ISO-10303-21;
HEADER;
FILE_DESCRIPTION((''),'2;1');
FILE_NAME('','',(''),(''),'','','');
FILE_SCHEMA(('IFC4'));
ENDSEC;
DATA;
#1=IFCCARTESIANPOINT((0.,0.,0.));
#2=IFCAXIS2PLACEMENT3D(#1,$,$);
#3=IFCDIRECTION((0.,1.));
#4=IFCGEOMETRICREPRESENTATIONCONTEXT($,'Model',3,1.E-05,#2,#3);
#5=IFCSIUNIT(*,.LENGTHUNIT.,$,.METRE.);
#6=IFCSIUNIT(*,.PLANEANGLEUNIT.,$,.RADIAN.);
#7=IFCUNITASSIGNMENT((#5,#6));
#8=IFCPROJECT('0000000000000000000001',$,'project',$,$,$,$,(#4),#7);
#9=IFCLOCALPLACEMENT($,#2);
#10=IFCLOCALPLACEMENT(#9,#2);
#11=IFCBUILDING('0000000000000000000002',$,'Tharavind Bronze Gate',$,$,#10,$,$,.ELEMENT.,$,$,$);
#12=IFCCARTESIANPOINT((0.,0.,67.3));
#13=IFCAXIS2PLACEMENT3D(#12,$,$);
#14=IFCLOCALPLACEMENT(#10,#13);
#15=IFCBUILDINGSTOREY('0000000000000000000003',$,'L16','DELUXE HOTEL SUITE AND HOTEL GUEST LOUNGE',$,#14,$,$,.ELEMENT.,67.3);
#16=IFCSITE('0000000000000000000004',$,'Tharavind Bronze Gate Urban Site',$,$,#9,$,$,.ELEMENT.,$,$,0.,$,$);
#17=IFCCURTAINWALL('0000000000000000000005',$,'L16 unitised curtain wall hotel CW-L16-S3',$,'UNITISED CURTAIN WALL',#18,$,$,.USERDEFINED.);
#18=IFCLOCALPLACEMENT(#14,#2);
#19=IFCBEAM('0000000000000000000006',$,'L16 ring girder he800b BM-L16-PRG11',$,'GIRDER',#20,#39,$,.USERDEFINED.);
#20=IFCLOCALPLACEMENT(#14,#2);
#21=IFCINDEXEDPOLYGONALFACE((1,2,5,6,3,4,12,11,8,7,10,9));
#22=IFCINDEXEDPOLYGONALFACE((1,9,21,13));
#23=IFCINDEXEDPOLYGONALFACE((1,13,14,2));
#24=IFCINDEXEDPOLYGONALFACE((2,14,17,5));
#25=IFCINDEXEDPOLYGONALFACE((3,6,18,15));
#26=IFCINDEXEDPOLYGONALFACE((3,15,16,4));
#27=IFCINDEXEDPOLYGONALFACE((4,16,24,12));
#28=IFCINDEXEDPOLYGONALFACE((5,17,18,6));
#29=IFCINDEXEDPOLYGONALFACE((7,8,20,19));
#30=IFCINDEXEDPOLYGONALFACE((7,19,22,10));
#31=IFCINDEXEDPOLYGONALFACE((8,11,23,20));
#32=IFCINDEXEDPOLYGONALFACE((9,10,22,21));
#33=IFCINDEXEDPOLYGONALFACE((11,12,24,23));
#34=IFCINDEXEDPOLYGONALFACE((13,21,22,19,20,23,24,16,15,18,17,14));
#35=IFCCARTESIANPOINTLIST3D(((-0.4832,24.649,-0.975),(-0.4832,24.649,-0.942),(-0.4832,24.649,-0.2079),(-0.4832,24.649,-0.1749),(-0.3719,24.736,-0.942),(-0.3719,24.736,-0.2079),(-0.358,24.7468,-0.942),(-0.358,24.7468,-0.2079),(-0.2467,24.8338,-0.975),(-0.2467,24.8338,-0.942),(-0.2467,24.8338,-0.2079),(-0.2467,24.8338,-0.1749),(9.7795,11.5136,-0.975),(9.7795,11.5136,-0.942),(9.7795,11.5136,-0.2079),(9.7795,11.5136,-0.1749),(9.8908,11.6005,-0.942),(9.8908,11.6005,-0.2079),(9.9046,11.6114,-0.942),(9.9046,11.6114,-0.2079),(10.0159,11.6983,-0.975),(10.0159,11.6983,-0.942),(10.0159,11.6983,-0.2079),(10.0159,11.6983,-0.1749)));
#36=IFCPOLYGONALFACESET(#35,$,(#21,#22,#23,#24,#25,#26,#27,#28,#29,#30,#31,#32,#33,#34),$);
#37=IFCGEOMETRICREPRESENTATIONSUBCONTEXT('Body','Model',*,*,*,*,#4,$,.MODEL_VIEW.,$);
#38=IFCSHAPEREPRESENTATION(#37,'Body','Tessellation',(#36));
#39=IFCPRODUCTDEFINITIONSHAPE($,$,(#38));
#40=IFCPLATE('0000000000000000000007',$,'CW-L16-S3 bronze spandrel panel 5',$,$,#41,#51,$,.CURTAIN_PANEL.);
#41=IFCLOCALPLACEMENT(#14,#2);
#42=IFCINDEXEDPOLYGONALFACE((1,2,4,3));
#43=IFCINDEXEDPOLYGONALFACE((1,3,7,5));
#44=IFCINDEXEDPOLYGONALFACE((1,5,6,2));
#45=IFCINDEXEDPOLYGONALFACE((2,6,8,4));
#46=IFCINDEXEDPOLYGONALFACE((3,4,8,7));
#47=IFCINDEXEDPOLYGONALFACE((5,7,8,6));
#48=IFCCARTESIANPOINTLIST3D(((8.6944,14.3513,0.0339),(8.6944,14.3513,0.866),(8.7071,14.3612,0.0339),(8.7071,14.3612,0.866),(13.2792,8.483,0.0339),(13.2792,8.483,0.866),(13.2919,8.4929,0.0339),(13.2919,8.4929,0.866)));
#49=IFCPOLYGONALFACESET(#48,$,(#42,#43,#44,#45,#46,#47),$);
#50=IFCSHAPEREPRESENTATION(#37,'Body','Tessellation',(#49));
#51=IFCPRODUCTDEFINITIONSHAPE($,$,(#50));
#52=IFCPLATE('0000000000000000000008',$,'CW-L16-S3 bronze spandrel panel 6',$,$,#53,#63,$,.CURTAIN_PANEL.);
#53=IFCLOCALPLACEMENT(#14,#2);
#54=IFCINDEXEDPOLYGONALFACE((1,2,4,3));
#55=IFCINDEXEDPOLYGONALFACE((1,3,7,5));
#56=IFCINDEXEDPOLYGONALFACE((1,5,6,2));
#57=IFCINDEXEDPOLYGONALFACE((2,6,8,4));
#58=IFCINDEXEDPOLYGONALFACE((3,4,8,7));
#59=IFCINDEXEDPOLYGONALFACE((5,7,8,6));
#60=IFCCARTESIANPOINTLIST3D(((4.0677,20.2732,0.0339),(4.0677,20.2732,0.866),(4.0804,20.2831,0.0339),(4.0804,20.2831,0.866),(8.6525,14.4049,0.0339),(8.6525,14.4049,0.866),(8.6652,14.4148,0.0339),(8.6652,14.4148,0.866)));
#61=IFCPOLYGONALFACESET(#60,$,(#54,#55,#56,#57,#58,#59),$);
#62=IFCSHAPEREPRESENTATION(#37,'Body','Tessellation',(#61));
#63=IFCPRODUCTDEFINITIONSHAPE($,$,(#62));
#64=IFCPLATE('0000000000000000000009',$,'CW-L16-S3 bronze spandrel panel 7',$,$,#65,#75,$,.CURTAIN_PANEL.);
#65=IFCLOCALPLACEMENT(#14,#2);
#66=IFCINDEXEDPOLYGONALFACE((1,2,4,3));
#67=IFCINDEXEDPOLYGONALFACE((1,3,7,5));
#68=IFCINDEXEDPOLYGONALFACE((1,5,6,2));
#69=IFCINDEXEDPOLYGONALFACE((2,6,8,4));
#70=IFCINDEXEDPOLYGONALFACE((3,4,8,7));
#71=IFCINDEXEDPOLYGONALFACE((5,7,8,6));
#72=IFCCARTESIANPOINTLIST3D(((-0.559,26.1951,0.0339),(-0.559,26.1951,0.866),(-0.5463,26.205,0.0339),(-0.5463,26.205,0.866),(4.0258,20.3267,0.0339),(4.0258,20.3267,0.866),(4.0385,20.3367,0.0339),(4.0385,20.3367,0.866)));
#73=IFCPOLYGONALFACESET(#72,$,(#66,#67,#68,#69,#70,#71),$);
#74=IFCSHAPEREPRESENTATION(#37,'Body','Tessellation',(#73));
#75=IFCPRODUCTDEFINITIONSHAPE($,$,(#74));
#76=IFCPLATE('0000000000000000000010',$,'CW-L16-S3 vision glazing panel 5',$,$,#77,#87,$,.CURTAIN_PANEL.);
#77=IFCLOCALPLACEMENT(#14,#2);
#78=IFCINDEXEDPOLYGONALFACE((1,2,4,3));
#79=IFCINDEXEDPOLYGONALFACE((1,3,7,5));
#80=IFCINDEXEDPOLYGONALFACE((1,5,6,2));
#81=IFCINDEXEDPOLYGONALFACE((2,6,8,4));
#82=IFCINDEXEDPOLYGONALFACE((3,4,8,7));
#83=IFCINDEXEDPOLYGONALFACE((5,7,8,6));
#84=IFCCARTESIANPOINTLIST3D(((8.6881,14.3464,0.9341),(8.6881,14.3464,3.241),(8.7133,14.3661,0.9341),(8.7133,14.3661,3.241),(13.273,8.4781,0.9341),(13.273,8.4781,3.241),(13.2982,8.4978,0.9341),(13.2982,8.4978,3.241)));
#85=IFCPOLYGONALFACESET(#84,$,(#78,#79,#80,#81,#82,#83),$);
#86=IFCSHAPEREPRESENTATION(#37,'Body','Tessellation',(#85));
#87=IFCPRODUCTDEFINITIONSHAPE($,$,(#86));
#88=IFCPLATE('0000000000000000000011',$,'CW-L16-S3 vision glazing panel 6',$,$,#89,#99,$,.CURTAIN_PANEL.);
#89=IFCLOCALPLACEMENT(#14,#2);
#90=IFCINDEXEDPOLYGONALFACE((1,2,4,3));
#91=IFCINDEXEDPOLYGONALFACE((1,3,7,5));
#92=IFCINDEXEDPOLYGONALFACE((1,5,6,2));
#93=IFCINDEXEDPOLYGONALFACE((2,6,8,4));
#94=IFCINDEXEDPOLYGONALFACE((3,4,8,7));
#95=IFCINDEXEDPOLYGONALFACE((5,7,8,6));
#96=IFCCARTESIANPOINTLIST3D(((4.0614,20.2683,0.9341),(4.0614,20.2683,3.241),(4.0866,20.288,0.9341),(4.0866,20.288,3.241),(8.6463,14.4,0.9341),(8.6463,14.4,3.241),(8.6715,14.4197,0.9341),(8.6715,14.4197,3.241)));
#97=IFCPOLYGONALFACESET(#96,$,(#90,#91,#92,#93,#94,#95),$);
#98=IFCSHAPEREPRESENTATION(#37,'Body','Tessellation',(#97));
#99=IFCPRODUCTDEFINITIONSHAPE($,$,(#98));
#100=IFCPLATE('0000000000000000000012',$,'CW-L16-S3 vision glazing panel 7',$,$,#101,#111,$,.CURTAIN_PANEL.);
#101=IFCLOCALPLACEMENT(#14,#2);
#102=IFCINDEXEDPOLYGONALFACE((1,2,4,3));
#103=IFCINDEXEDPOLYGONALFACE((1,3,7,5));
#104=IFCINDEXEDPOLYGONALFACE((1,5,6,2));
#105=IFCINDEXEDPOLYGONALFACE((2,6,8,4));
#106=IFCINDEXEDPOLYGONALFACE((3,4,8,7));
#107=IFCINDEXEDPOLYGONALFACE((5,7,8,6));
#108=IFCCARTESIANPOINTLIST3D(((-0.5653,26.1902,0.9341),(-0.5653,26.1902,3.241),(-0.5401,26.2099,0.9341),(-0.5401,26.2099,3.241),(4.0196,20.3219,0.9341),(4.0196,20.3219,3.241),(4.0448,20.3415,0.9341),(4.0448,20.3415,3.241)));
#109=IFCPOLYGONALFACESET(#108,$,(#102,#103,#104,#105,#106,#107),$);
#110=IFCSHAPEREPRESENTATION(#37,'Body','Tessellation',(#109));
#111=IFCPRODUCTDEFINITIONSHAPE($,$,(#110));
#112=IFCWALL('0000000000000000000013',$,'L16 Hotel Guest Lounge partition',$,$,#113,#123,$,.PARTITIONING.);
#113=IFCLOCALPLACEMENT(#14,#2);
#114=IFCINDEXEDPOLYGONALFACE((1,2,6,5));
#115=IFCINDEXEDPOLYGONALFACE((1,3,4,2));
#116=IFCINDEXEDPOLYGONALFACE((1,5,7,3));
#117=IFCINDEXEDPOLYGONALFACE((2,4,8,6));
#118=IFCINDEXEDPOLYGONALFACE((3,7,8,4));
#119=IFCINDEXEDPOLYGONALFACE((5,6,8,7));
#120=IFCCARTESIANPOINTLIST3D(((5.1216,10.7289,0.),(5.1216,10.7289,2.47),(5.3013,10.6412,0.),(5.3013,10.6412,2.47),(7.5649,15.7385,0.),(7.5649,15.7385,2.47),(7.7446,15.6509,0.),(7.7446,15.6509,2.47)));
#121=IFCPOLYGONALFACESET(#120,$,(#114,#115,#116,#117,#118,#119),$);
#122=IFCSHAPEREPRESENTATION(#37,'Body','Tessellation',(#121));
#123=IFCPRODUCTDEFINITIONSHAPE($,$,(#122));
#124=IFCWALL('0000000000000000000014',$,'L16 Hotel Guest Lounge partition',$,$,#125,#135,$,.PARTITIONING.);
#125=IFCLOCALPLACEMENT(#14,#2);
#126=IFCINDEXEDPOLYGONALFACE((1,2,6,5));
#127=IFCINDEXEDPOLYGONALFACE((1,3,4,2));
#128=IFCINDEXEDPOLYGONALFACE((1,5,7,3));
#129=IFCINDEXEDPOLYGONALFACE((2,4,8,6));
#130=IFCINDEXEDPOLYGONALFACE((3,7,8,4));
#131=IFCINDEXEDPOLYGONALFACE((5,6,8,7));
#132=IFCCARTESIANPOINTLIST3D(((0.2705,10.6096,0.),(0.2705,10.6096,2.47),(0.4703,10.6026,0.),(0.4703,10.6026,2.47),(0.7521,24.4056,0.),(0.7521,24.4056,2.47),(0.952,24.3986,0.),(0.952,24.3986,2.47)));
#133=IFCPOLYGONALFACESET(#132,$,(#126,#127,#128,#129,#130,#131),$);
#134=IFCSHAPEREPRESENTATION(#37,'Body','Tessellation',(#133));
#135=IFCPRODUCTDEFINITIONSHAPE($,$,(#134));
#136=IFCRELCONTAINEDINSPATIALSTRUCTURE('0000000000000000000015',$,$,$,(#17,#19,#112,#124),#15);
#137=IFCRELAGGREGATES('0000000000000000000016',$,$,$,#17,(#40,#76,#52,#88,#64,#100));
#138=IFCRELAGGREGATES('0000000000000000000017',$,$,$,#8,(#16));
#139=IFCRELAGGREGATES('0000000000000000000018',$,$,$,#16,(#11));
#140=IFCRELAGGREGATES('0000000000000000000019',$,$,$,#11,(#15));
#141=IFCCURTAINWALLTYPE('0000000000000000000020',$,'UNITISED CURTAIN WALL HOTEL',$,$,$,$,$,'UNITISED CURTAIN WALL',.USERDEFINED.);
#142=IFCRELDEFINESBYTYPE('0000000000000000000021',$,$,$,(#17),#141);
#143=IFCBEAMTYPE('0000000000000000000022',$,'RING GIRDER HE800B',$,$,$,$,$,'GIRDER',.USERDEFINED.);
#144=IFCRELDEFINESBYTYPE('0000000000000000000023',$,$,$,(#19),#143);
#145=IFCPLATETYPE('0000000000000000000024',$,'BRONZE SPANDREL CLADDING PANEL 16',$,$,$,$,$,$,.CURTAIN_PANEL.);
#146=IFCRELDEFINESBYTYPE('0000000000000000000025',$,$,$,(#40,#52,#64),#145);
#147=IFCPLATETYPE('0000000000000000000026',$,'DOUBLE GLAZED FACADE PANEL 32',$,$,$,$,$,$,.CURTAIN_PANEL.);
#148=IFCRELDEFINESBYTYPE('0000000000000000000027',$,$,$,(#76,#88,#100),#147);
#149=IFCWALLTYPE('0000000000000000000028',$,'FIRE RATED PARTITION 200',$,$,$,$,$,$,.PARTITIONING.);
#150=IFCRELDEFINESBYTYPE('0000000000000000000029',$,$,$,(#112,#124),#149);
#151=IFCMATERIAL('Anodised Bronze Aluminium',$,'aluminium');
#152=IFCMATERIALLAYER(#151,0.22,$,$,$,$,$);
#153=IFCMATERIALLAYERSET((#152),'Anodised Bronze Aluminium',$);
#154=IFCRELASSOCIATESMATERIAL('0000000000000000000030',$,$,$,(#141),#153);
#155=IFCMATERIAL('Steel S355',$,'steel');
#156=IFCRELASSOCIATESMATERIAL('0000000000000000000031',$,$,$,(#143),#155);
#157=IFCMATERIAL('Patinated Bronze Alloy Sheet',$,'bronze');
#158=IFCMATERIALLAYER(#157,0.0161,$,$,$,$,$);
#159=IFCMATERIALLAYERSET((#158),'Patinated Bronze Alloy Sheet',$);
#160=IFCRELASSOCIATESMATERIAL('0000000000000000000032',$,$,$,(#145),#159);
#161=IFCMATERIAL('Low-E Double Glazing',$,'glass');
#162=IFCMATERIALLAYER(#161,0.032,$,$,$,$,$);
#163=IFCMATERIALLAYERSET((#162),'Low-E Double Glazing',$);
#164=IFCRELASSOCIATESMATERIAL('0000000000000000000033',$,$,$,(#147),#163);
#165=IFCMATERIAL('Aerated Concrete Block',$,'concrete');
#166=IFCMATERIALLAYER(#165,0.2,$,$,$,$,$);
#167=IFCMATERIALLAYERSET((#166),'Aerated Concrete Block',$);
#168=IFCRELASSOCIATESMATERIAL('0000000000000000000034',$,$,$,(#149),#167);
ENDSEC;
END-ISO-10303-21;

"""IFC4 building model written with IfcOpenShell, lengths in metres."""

from ifc_helpers import new_model, si_unit, direction, frame, frame_2d, origin, origin_2d, place, context, subcontext, project, spatial, rectangle, i_section, extrude, material, layer, layer_set, material_profile, profile_set, type_object, element, aggregate, save


model = new_model("IFC4")

# Units and contexts
model_context = context("Model", 3, precision=1e-05, world=origin(), true_north=direction((0.0, 1.0)))
body_context = subcontext(model_context, "Body", "Model", "MODEL_VIEW")
ifc_project = project(units=[si_unit("LENGTHUNIT", "METRE"), si_unit("PLANEANGLEUNIT", "RADIAN")], contexts=[model_context])

# Site, building, storey
site_placement = place(None, origin())
site = spatial("IfcSite", under=ifc_project, at=site_placement, Name="Tharavind Bronze Gate Urban Site", CompositionType="ELEMENT", RefElevation=0.0)
building_placement = place(site_placement, origin())
building = spatial("IfcBuilding", under=site, at=building_placement, Name="Tharavind Bronze Gate", CompositionType="ELEMENT")
storey_placement = place(building_placement, frame((0.0, 0.0, 67.3)))
storey = spatial("IfcBuildingStorey", under=building, at=storey_placement, Name="L16", Description="DELUXE HOTEL SUITE AND HOTEL GUEST LOUNGE", CompositionType="ELEMENT", Elevation=67.3)

# Curtain wall
ifc_material_1 = material(Name="Anodised Bronze Aluminium", Category="aluminium")
ifc_layer_1 = layer(ifc_material_1, 0.22)
ifc_layer_set_1 = layer_set([ifc_layer_1], Name="Anodised Bronze Aluminium")
curtain_wall_type = type_object("IfcCurtainWallType", Name="UNITISED CURTAIN WALL HOTEL", ElementType="UNITISED CURTAIN WALL", PredefinedType="USERDEFINED", material=ifc_layer_set_1)
curtain_wall_placement = place(storey_placement, origin())
curtain_wall = element("IfcCurtainWall", 1, at=curtain_wall_placement, inside=storey, type_object=curtain_wall_type, Name="L16 unitised curtain wall hotel CW-L16-S3", ObjectType="UNITISED CURTAIN WALL", PredefinedType="USERDEFINED")

# Beam
ifc_material_2 = material(Name="Steel S355", Category="steel")
ifc_material_profile_1 = material_profile(ifc_material_2, i_section(OverallWidth=0.3, OverallDepth=0.8, WebThickness=0.0176, FlangeThickness=0.033, at=origin_2d()), Name="HE800B")
ifc_profile_set_1 = profile_set([ifc_material_profile_1], Name="Steel S355")
beam_type_1 = type_object("IfcBeamType", Name="RING GIRDER HE800B", ElementType="GIRDER", PredefinedType="USERDEFINED", material=ifc_profile_set_1)
beam_1_placement = place(storey_placement, frame((9.8977, 11.606, -0.575), z_axis=(-0.615666, 0.788007, 0.0), x_axis=(-0.788007, -0.615666, 0.0)))
element("IfcBeam", 2, at=beam_1_placement, inside=storey, type_object=beam_type_1, Name="L16 ring girder he800b BM-L16-PRG11", ObjectType="GIRDER", PredefinedType="USERDEFINED", context=body_context, shape_type="SweptSolid", body=[
    extrude(i_section(OverallWidth=0.3, OverallDepth=0.8, WebThickness=0.0176, FlangeThickness=0.033, at=origin_2d()), origin(), (0.0, 0.0, 1.0), 16.6692),
])

# Plates
ifc_material_3 = material(Name="Patinated Bronze Alloy Sheet", Category="bronze")
ifc_layer_2 = layer(ifc_material_3, 0.0161)
ifc_layer_set_2 = layer_set([ifc_layer_2], Name="Patinated Bronze Alloy Sheet")
plate_type_1 = type_object("IfcPlateType", Name="BRONZE SPANDREL CLADDING PANEL 16", PredefinedType="CURTAIN_PANEL", material=ifc_layer_set_2)
plate_1_placement = place(storey_placement, frame((10.9932, 11.4221, 0.0339), z_axis=(0.0, 0.0, 1.0), x_axis=(-0.615661, 0.788011, 0.0)))
plate_1 = element("IfcPlate", 3, at=plate_1_placement, type_object=plate_type_1, Name="CW-L16-S3 bronze spandrel panel 5", PredefinedType="CURTAIN_PANEL", context=body_context, shape_type="SweptSolid", body=[
    extrude(rectangle(XDim=7.447, YDim=0.0161, at=origin_2d()), origin(), (0.0, 0.0, 1.0), 0.832),
])
plate_2_placement = place(storey_placement, frame((6.3665, 17.344, 0.0339), z_axis=(0.0, 0.0, 1.0), x_axis=(-0.615661, 0.788011, 0.0)))
plate_2 = element("IfcPlate", 4, at=plate_2_placement, type_object=plate_type_1, Name="CW-L16-S3 bronze spandrel panel 6", PredefinedType="CURTAIN_PANEL", context=body_context, shape_type="SweptSolid", body=[
    extrude(rectangle(XDim=7.447, YDim=0.0161, at=origin_2d()), origin(), (0.0, 0.0, 1.0), 0.832),
])
plate_3_placement = place(storey_placement, frame((1.7397, 23.2659, 0.0339), z_axis=(0.0, 0.0, 1.0), x_axis=(-0.615661, 0.788011, 0.0)))
plate_3 = element("IfcPlate", 5, at=plate_3_placement, type_object=plate_type_1, Name="CW-L16-S3 bronze spandrel panel 7", PredefinedType="CURTAIN_PANEL", context=body_context, shape_type="SweptSolid", body=[
    extrude(rectangle(XDim=7.447, YDim=0.0161, at=origin_2d()), origin(), (0.0, 0.0, 1.0), 0.832),
])
ifc_material_4 = material(Name="Low-E Double Glazing", Category="glass")
ifc_layer_3 = layer(ifc_material_4, 0.032)
ifc_layer_set_3 = layer_set([ifc_layer_3], Name="Low-E Double Glazing")
plate_type_2 = type_object("IfcPlateType", Name="DOUBLE GLAZED FACADE PANEL 32", PredefinedType="CURTAIN_PANEL", material=ifc_layer_set_3)
plate_4_placement = place(storey_placement, frame((10.9932, 11.4221, 0.9341), z_axis=(0.0, 0.0, 1.0), x_axis=(-0.615661, 0.788011, 0.0)))
plate_4 = element("IfcPlate", 6, at=plate_4_placement, type_object=plate_type_2, Name="CW-L16-S3 vision glazing panel 5", PredefinedType="CURTAIN_PANEL", context=body_context, shape_type="SweptSolid", body=[
    extrude(rectangle(XDim=7.447, YDim=0.032, at=origin_2d()), origin(), (0.0, 0.0, 1.0), 2.3069),
])
plate_5_placement = place(storey_placement, frame((6.3665, 17.344, 0.9341), z_axis=(0.0, 0.0, 1.0), x_axis=(-0.615661, 0.788011, 0.0)))
plate_5 = element("IfcPlate", 7, at=plate_5_placement, type_object=plate_type_2, Name="CW-L16-S3 vision glazing panel 6", PredefinedType="CURTAIN_PANEL", context=body_context, shape_type="SweptSolid", body=[
    extrude(rectangle(XDim=7.447, YDim=0.032, at=origin_2d()), origin(), (0.0, 0.0, 1.0), 2.3069),
])
plate_6_placement = place(storey_placement, frame((1.7397, 23.2659, 0.9341), z_axis=(0.0, 0.0, 1.0), x_axis=(-0.615661, 0.788011, 0.0)))
plate_6 = element("IfcPlate", 8, at=plate_6_placement, type_object=plate_type_2, Name="CW-L16-S3 vision glazing panel 7", PredefinedType="CURTAIN_PANEL", context=body_context, shape_type="SweptSolid", body=[
    extrude(rectangle(XDim=7.447, YDim=0.032, at=origin_2d()), origin(), (0.0, 0.0, 1.0), 2.3069),
])
aggregate(curtain_wall, [plate_1, plate_4, plate_2, plate_5, plate_3, plate_6])

# Shared definitions
ifc_material_5 = material(Name="Aerated Concrete Block", Category="concrete")
ifc_layer_4 = layer(ifc_material_5, 0.2)
ifc_layer_set_4 = layer_set([ifc_layer_4], Name="Aerated Concrete Block")
wall_type = type_object("IfcWallType", Name="FIRE RATED PARTITION 200", PredefinedType="PARTITIONING", material=ifc_layer_set_4)

# Wall
wall_1_placement = place(storey_placement, frame((5.2114, 10.6851, 0.0), z_axis=(0.0, 0.0, 1.0), x_axis=(0.438361, 0.898799, 0.0)))
element("IfcWall", 9, at=wall_1_placement, inside=storey, type_object=wall_type, Name="L16 Hotel Guest Lounge partition", PredefinedType="PARTITIONING", context=body_context, shape_type="SweptSolid", body=[
    extrude(rectangle(XDim=5.5737, YDim=0.2, at=frame_2d((2.7869, 0.0))), origin(), (0.0, 0.0, 1.0), 2.47),
])

# Wall
wall_2_placement = place(storey_placement, frame((0.3704, 10.606, 0.0), z_axis=(0.0, 0.0, 1.0), x_axis=(0.034894, 0.999391, 0.0)))
element("IfcWall", 10, at=wall_2_placement, inside=storey, type_object=wall_type, Name="L16 Hotel Guest Lounge partition", PredefinedType="PARTITIONING", context=body_context, shape_type="SweptSolid", body=[
    extrude(rectangle(XDim=13.8044, YDim=0.2, at=frame_2d((6.9023, 0.0))), origin(), (0.0, 0.0, 1.0), 2.47),
])

save(model, "model.ifc")
